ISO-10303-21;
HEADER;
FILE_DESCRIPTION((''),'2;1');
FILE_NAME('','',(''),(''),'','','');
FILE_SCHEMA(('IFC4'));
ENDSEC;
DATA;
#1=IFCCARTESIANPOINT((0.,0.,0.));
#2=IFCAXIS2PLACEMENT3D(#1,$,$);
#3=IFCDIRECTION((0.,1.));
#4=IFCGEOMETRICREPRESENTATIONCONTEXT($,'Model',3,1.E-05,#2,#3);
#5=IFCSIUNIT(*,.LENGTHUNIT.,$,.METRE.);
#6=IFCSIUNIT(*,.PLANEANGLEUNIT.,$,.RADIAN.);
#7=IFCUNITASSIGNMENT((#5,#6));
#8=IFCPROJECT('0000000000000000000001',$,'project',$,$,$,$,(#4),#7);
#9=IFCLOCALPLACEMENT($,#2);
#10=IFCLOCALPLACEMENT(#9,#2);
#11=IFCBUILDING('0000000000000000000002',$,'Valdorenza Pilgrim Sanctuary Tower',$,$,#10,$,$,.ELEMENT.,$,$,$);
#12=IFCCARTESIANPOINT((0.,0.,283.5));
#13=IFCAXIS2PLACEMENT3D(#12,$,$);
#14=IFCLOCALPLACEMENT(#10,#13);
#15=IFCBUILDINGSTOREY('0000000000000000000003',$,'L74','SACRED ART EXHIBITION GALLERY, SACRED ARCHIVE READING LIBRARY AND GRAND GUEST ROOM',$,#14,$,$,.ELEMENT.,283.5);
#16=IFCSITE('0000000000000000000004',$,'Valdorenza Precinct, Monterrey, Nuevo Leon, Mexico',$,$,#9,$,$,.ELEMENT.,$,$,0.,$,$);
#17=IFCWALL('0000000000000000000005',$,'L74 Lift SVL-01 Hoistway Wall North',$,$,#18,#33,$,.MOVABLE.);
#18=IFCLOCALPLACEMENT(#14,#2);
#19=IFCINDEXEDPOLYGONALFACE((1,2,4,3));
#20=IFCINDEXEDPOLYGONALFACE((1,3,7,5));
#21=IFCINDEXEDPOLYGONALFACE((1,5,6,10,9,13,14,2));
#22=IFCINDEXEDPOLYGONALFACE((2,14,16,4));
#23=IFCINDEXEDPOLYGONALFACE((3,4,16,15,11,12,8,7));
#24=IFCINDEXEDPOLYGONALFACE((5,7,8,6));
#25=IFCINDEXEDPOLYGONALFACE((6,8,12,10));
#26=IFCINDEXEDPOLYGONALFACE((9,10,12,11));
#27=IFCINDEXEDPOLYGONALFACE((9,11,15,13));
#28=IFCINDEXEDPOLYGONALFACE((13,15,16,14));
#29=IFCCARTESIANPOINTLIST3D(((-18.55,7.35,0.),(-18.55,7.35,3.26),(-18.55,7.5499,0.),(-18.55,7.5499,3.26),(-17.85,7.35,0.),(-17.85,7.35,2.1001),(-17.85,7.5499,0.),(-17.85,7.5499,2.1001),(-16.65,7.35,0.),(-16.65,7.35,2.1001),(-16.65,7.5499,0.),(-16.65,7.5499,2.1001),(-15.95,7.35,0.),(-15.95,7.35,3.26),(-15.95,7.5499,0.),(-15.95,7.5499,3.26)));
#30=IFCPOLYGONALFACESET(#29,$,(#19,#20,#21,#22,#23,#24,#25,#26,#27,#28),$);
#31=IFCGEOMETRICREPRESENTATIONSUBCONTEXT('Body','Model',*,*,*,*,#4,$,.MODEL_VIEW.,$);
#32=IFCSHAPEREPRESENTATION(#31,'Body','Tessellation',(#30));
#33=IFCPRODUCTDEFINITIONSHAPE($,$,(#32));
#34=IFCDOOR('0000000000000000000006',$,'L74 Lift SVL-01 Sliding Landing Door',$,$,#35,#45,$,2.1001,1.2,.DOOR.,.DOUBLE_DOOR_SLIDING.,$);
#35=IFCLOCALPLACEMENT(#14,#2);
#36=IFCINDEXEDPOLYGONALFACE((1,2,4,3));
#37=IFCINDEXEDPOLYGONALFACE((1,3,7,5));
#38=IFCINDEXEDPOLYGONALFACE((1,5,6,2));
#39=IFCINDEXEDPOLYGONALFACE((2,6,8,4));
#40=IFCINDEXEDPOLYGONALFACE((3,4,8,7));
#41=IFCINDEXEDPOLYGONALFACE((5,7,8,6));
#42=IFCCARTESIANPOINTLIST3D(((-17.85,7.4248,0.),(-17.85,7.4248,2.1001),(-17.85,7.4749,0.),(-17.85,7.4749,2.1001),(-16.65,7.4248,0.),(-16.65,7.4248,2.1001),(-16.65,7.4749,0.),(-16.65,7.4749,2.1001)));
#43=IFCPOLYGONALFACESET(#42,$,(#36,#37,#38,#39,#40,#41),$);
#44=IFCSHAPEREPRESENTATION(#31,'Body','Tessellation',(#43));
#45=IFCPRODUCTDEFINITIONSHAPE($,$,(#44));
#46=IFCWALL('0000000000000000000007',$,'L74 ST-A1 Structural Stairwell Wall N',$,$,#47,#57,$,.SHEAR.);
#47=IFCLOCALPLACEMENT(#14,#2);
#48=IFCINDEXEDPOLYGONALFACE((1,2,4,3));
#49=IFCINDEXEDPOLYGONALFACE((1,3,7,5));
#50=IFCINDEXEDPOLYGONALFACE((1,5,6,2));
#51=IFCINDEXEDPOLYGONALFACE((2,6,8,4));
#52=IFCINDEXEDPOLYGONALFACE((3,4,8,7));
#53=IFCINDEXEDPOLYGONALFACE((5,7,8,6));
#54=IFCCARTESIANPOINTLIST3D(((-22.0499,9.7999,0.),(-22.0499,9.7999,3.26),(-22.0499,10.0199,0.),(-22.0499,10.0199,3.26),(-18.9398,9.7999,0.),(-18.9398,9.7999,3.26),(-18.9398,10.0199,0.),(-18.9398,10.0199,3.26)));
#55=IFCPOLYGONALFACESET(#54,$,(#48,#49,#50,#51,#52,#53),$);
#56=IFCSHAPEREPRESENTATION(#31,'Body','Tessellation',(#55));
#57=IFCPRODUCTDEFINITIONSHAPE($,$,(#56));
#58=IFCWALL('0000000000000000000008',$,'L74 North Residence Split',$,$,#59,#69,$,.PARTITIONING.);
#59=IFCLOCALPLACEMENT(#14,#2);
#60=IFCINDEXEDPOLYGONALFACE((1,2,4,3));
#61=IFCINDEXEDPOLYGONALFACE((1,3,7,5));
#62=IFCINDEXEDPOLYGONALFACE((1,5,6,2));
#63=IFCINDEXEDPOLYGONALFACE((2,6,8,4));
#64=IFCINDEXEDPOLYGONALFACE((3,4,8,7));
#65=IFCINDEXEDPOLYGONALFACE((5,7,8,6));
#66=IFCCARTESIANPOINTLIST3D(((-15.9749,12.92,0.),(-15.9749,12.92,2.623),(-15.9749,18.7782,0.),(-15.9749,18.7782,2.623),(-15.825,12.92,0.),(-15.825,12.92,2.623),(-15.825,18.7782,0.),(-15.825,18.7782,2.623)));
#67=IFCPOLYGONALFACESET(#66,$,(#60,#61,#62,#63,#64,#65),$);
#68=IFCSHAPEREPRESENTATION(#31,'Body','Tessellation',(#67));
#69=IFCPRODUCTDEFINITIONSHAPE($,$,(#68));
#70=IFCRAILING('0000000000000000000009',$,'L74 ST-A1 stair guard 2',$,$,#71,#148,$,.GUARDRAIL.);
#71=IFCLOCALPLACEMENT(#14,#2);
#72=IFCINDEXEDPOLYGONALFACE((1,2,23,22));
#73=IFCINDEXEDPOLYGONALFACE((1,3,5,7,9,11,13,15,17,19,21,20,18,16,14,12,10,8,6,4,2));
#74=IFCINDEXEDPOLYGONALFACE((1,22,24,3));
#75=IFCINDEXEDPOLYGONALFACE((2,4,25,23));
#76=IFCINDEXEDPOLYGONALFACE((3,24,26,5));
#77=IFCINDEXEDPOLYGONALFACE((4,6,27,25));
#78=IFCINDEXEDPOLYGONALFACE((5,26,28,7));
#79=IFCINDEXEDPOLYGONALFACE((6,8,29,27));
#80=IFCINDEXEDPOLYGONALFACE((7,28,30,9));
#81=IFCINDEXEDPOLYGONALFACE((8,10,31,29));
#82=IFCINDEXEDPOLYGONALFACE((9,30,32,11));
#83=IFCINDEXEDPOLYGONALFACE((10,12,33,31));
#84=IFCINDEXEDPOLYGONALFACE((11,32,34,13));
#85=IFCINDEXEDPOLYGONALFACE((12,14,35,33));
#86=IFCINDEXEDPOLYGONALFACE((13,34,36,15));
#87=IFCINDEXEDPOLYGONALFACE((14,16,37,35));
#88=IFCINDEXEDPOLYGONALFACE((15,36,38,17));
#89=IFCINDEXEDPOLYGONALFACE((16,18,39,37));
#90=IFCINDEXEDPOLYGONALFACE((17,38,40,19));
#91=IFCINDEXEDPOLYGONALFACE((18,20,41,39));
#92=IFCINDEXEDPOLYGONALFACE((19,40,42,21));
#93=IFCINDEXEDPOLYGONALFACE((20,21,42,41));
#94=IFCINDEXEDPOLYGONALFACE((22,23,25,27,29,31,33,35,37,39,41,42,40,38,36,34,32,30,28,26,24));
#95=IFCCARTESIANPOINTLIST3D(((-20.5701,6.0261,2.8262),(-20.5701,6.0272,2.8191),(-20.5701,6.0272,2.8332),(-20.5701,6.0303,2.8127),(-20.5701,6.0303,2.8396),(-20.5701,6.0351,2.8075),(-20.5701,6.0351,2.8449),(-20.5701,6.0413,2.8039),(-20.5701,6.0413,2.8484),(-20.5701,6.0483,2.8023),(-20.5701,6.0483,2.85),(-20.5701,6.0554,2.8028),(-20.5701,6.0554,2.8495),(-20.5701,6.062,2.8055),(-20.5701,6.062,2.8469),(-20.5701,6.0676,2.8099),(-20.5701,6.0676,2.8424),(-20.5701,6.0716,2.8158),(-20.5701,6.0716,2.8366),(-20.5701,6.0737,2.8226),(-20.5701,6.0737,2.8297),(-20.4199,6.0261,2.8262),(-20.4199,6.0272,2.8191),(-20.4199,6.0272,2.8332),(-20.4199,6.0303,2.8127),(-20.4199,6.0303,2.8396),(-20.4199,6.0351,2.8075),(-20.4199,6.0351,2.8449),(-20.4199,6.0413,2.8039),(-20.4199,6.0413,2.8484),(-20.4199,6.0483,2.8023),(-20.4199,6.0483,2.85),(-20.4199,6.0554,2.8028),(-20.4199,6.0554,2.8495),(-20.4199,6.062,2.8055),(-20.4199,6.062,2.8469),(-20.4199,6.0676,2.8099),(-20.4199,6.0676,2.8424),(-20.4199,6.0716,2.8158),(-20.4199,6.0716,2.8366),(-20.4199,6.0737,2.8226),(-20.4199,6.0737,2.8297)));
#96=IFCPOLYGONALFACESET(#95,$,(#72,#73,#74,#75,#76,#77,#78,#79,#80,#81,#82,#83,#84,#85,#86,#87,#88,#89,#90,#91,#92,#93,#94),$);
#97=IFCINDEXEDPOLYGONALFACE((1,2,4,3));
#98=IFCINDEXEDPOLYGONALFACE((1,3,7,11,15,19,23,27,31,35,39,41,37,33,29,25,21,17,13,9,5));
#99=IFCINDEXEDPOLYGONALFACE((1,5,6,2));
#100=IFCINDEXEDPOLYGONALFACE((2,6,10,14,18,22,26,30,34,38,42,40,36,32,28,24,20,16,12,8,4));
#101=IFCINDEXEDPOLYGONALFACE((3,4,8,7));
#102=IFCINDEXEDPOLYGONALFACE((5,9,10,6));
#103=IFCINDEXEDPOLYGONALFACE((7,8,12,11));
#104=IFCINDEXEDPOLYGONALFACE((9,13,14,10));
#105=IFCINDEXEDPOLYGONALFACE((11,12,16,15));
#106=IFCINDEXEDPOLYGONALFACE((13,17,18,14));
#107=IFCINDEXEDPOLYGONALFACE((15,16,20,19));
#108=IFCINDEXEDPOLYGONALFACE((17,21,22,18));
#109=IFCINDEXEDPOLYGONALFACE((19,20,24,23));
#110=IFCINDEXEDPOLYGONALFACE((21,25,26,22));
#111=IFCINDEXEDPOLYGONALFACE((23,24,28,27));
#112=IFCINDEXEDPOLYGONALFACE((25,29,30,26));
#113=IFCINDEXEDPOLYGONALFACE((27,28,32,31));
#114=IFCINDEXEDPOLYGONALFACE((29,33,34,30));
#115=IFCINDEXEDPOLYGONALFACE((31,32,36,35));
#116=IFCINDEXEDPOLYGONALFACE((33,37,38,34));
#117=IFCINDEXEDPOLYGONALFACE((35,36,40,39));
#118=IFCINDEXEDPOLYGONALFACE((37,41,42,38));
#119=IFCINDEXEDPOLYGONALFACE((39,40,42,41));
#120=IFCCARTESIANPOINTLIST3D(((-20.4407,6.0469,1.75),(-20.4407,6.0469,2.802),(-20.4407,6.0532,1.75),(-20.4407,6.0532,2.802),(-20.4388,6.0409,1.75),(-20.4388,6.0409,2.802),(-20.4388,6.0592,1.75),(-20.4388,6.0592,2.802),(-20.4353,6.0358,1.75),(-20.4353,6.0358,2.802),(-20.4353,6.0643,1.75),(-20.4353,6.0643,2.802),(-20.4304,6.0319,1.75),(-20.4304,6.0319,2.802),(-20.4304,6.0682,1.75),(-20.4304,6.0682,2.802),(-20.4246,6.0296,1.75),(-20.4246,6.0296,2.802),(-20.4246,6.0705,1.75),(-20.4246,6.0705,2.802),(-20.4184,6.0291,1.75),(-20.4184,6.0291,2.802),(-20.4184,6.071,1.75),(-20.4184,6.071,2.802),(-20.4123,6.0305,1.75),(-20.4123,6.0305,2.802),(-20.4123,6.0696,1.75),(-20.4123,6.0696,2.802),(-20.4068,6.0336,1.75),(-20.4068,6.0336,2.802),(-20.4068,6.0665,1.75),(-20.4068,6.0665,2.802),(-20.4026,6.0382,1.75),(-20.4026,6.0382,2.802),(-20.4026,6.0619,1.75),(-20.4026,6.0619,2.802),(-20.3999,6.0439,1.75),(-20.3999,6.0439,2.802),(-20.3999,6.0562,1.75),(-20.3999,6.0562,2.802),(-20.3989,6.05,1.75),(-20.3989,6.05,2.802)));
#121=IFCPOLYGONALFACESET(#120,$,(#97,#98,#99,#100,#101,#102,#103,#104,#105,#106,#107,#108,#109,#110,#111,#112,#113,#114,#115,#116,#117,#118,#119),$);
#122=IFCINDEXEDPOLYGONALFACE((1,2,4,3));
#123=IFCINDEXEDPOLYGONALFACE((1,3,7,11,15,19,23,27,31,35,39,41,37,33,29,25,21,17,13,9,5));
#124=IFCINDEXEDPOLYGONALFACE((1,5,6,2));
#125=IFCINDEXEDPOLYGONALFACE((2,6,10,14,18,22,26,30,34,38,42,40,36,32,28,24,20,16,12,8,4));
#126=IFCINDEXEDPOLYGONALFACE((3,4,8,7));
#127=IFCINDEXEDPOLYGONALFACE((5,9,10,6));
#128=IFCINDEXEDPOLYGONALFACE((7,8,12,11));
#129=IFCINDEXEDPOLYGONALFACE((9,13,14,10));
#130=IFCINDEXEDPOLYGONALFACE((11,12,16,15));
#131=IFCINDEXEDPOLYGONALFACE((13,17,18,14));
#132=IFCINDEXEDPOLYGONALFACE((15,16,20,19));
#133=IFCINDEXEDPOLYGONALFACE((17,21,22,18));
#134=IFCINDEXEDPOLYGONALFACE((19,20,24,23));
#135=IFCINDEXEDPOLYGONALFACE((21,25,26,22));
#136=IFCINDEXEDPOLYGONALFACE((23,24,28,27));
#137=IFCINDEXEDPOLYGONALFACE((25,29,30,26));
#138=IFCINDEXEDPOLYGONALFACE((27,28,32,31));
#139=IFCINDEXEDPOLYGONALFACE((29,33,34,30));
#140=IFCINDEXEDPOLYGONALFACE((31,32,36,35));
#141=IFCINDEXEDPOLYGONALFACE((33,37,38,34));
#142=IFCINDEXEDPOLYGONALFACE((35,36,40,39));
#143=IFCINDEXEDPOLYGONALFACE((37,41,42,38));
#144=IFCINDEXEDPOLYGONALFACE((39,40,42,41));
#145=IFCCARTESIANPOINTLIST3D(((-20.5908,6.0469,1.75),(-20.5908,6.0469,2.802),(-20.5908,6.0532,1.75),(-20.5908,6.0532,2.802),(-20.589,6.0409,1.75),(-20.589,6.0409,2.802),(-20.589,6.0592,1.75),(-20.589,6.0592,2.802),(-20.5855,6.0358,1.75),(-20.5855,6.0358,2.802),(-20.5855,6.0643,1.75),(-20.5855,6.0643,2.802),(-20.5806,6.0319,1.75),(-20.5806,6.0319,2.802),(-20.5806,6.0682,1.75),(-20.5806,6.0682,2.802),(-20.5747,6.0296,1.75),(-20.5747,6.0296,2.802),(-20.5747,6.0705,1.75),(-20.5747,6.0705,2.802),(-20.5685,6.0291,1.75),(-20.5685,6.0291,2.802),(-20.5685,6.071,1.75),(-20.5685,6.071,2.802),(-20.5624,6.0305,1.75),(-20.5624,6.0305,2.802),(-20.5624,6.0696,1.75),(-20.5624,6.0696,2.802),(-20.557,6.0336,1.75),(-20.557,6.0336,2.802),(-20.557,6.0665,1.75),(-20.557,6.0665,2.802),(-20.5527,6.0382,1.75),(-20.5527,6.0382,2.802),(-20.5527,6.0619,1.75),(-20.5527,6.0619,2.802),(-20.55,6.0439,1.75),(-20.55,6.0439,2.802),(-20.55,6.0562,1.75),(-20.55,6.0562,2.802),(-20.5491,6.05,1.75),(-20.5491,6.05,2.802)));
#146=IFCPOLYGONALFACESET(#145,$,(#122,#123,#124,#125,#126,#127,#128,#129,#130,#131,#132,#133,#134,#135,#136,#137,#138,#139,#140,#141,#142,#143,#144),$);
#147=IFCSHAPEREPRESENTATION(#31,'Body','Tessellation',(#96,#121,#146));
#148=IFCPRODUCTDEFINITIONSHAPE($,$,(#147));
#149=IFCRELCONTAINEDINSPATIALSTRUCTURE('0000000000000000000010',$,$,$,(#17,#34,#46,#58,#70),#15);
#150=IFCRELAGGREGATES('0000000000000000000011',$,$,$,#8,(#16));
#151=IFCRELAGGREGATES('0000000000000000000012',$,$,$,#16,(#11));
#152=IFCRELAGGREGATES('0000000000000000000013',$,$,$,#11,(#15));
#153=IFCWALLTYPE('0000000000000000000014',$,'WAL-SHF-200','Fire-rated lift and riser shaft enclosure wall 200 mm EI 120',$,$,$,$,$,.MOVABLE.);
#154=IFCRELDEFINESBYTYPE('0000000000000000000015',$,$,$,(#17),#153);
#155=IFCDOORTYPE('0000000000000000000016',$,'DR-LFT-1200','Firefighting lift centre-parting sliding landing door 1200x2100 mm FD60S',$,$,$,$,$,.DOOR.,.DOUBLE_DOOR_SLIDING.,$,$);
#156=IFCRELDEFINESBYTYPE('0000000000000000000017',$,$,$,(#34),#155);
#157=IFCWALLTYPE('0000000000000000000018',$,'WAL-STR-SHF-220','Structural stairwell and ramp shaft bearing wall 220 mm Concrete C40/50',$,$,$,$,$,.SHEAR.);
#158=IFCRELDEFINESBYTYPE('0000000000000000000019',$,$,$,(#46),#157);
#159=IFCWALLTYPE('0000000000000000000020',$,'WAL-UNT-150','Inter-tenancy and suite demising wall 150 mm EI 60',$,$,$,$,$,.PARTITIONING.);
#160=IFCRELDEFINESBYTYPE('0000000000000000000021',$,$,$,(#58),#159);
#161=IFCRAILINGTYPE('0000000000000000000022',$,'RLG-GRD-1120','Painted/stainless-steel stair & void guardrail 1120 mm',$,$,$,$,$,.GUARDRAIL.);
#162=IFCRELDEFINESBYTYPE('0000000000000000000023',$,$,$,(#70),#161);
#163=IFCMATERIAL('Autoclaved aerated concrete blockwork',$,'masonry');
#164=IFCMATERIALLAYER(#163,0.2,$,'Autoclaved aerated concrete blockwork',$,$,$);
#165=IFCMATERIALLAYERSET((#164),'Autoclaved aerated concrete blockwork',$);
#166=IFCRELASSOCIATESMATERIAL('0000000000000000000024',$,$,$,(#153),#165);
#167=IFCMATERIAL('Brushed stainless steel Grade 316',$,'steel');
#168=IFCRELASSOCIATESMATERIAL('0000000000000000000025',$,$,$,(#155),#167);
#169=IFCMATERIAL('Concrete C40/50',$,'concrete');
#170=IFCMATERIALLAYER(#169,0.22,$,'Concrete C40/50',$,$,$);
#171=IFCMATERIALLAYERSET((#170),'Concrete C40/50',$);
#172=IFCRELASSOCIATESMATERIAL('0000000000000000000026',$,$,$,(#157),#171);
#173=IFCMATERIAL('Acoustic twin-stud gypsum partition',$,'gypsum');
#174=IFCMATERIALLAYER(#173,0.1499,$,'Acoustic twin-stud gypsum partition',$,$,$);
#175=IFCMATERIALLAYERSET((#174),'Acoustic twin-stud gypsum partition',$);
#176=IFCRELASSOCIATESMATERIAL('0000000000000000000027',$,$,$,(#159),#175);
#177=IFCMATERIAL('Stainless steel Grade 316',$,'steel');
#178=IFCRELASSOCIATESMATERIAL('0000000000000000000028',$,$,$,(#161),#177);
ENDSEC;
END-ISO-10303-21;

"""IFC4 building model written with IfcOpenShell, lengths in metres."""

from ifc_helpers import new_model, si_unit, direction, frame, frame_2d, origin, origin_2d, place, context, subcontext, project, spatial, rectangle, circle, extrude, material, layer, layer_set, type_object, element, fill, save


model = new_model("IFC4")

# Units and contexts
model_context = context("Model", 3, precision=1e-05, world=origin(), true_north=direction((0.0, 1.0)))
body_context = subcontext(model_context, "Body", "Model", "MODEL_VIEW")
ifc_project = project(units=[si_unit("LENGTHUNIT", "METRE"), si_unit("PLANEANGLEUNIT", "RADIAN")], contexts=[model_context])

# Site, building, storey
site_placement = place(None, origin())
site = spatial("IfcSite", under=ifc_project, at=site_placement, Name="Valdorenza Precinct, Monterrey, Nuevo Leon, Mexico", CompositionType="ELEMENT", RefElevation=0.0)
building_placement = place(site_placement, origin())
building = spatial("IfcBuilding", under=site, at=building_placement, Name="Valdorenza Pilgrim Sanctuary Tower", CompositionType="ELEMENT")
storey_placement = place(building_placement, frame((0.0, 0.0, 283.5)))
storey = spatial("IfcBuildingStorey", under=building, at=storey_placement, Name="L74", Description="SACRED ART EXHIBITION GALLERY, SACRED ARCHIVE READING LIBRARY AND GRAND GUEST ROOM", CompositionType="ELEMENT", Elevation=283.5)

# Shared definitions
ifc_material_1 = material(Name="Acoustic twin-stud gypsum partition", Category="gypsum")

# Wall, opening, door
ifc_material_2 = material(Name="Autoclaved aerated concrete blockwork", Category="masonry")
ifc_layer_1 = layer(ifc_material_2, 0.2, Name="Autoclaved aerated concrete blockwork")
ifc_layer_set_1 = layer_set([ifc_layer_1], Name="Autoclaved aerated concrete blockwork")
wall_type_1 = type_object("IfcWallType", Name="WAL-SHF-200", Description="Fire-rated lift and riser shaft enclosure wall 200 mm EI 120", PredefinedType="MOVABLE", material=ifc_layer_set_1)
wall_1_placement = place(storey_placement, frame((-18.55, 7.45, 0.0), z_axis=(0.0, 0.0, 1.0), x_axis=(1.0, 0.0, 0.0)))
wall_1 = element("IfcWall", 1, at=wall_1_placement, inside=storey, type_object=wall_type_1, Name="L74 Lift SVL-01 Hoistway Wall North", PredefinedType="MOVABLE", context=body_context, shape_type="SweptSolid", body=[
    extrude(rectangle(XDim=2.6001, YDim=0.2, at=frame_2d((1.3, 0.0))), origin(), (0.0, 0.0, 1.0), 3.26),
])
opening_1_placement = place(wall_1_placement, frame((0.7, 0.0, 0.0)))
opening_1 = element("IfcOpeningElement", 2, at=opening_1_placement, cuts=wall_1, PredefinedType="OPENING", context=body_context, shape_type="SweptSolid", body=[
    extrude(rectangle(XDim=1.2, YDim=2.1001, at=frame_2d((0.6001, 1.05))), frame((0.0, 0.1147, 0.0), z_axis=(0.0, -1.0, 0.0), x_axis=(1.0, 0.0, 0.0)), (0.0, 0.0, 1.0), 0.2297),
])
ifc_material_3 = material(Name="Brushed stainless steel Grade 316", Category="steel")
door_type_1 = type_object("IfcDoorType", Name="DR-LFT-1200", Description="Firefighting lift centre-parting sliding landing door 1200x2100 mm FD60S", OperationType="DOUBLE_DOOR_SLIDING", PredefinedType="DOOR", material=ifc_material_3)
door_1_placement = place(opening_1_placement, origin())
door_1 = element("IfcDoor", 3, at=door_1_placement, inside=storey, type_object=door_type_1, Name="L74 Lift SVL-01 Sliding Landing Door", OperationType="DOUBLE_DOOR_SLIDING", OverallHeight=2.1001, OverallWidth=1.2, PredefinedType="DOOR", context=body_context, shape_type="SweptSolid", body=[
    extrude(rectangle(XDim=1.2, YDim=2.1001, at=frame_2d((0.6001, 1.05))), frame((0.0, 0.0249, 0.0), z_axis=(0.0, -1.0, 0.0), x_axis=(1.0, 0.0, 0.0)), (0.0, 0.0, 1.0), 0.05),
])
fill(opening_1, door_1)

# Walls
ifc_material_4 = material(Name="Concrete C40/50", Category="concrete")
ifc_layer_2 = layer(ifc_material_4, 0.22, Name="Concrete C40/50")
ifc_layer_set_2 = layer_set([ifc_layer_2], Name="Concrete C40/50")
wall_type_2 = type_object("IfcWallType", Name="WAL-STR-SHF-220", Description="Structural stairwell and ramp shaft bearing wall 220 mm Concrete C40/50", PredefinedType="SHEAR", material=ifc_layer_set_2)
wall_2_placement = place(storey_placement, frame((-22.05, 9.9099, 0.0), z_axis=(0.0, 0.0, 1.0), x_axis=(1.0, 0.0, 0.0)))
element("IfcWall", 4, at=wall_2_placement, inside=storey, type_object=wall_type_2, Name="L74 ST-A1 Structural Stairwell Wall N", PredefinedType="SHEAR", context=body_context, shape_type="SweptSolid", body=[
    extrude(rectangle(XDim=3.1101, YDim=0.22, at=frame_2d((1.5552, 0.0))), origin(), (0.0, 0.0, 1.0), 3.26),
])
ifc_layer_3 = layer(ifc_material_1, 0.1499, Name="Acoustic twin-stud gypsum partition")
ifc_layer_set_3 = layer_set([ifc_layer_3], Name="Acoustic twin-stud gypsum partition")
wall_type_3 = type_object("IfcWallType", Name="WAL-UNT-150", Description="Inter-tenancy and suite demising wall 150 mm EI 60", PredefinedType="PARTITIONING", material=ifc_layer_set_3)
wall_3_placement = place(storey_placement, frame((-15.8999, 12.9199, 0.0), z_axis=(0.0, 0.0, 1.0), x_axis=(0.0, 1.0, 0.0)))
element("IfcWall", 5, at=wall_3_placement, inside=storey, type_object=wall_type_3, Name="L74 North Residence Split", PredefinedType="PARTITIONING", context=body_context, shape_type="SweptSolid", body=[
    extrude(rectangle(XDim=5.8582, YDim=0.1499, at=frame_2d((2.9292, 0.0))), origin(), (0.0, 0.0, 1.0), 2.623),
])

# Railing
ifc_material_5 = material(Name="Stainless steel Grade 316", Category="steel")
railing_type = type_object("IfcRailingType", Name="RLG-GRD-1120", Description="Painted/stainless-steel stair & void guardrail 1120 mm", PredefinedType="GUARDRAIL", material=ifc_material_5)
railing_placement = place(storey_placement, frame((-20.4199, 6.05, 1.75)))
element("IfcRailing", 6, at=railing_placement, inside=storey, type_object=railing_type, Name="L74 ST-A1 stair guard 2", PredefinedType="GUARDRAIL", context=body_context, shape_type="SweptSolid", body=[
    extrude(circle(Radius=0.0239, at=origin_2d()), frame((0.0, 0.0, 1.0762), z_axis=(-1.0, 0.0, 0.0), x_axis=(0.0, -1.0, 0.0)), (0.0, 0.0, 1.0), 0.1501),
    extrude(circle(Radius=0.021, at=origin_2d()), origin(), (0.0, 0.0, 1.0), 1.052),
    extrude(circle(Radius=0.021, at=origin_2d()), frame((-0.1501, 0.0, 0.0)), (0.0, 0.0, 1.0), 1.052),
])

save(model, "model.ifc")
